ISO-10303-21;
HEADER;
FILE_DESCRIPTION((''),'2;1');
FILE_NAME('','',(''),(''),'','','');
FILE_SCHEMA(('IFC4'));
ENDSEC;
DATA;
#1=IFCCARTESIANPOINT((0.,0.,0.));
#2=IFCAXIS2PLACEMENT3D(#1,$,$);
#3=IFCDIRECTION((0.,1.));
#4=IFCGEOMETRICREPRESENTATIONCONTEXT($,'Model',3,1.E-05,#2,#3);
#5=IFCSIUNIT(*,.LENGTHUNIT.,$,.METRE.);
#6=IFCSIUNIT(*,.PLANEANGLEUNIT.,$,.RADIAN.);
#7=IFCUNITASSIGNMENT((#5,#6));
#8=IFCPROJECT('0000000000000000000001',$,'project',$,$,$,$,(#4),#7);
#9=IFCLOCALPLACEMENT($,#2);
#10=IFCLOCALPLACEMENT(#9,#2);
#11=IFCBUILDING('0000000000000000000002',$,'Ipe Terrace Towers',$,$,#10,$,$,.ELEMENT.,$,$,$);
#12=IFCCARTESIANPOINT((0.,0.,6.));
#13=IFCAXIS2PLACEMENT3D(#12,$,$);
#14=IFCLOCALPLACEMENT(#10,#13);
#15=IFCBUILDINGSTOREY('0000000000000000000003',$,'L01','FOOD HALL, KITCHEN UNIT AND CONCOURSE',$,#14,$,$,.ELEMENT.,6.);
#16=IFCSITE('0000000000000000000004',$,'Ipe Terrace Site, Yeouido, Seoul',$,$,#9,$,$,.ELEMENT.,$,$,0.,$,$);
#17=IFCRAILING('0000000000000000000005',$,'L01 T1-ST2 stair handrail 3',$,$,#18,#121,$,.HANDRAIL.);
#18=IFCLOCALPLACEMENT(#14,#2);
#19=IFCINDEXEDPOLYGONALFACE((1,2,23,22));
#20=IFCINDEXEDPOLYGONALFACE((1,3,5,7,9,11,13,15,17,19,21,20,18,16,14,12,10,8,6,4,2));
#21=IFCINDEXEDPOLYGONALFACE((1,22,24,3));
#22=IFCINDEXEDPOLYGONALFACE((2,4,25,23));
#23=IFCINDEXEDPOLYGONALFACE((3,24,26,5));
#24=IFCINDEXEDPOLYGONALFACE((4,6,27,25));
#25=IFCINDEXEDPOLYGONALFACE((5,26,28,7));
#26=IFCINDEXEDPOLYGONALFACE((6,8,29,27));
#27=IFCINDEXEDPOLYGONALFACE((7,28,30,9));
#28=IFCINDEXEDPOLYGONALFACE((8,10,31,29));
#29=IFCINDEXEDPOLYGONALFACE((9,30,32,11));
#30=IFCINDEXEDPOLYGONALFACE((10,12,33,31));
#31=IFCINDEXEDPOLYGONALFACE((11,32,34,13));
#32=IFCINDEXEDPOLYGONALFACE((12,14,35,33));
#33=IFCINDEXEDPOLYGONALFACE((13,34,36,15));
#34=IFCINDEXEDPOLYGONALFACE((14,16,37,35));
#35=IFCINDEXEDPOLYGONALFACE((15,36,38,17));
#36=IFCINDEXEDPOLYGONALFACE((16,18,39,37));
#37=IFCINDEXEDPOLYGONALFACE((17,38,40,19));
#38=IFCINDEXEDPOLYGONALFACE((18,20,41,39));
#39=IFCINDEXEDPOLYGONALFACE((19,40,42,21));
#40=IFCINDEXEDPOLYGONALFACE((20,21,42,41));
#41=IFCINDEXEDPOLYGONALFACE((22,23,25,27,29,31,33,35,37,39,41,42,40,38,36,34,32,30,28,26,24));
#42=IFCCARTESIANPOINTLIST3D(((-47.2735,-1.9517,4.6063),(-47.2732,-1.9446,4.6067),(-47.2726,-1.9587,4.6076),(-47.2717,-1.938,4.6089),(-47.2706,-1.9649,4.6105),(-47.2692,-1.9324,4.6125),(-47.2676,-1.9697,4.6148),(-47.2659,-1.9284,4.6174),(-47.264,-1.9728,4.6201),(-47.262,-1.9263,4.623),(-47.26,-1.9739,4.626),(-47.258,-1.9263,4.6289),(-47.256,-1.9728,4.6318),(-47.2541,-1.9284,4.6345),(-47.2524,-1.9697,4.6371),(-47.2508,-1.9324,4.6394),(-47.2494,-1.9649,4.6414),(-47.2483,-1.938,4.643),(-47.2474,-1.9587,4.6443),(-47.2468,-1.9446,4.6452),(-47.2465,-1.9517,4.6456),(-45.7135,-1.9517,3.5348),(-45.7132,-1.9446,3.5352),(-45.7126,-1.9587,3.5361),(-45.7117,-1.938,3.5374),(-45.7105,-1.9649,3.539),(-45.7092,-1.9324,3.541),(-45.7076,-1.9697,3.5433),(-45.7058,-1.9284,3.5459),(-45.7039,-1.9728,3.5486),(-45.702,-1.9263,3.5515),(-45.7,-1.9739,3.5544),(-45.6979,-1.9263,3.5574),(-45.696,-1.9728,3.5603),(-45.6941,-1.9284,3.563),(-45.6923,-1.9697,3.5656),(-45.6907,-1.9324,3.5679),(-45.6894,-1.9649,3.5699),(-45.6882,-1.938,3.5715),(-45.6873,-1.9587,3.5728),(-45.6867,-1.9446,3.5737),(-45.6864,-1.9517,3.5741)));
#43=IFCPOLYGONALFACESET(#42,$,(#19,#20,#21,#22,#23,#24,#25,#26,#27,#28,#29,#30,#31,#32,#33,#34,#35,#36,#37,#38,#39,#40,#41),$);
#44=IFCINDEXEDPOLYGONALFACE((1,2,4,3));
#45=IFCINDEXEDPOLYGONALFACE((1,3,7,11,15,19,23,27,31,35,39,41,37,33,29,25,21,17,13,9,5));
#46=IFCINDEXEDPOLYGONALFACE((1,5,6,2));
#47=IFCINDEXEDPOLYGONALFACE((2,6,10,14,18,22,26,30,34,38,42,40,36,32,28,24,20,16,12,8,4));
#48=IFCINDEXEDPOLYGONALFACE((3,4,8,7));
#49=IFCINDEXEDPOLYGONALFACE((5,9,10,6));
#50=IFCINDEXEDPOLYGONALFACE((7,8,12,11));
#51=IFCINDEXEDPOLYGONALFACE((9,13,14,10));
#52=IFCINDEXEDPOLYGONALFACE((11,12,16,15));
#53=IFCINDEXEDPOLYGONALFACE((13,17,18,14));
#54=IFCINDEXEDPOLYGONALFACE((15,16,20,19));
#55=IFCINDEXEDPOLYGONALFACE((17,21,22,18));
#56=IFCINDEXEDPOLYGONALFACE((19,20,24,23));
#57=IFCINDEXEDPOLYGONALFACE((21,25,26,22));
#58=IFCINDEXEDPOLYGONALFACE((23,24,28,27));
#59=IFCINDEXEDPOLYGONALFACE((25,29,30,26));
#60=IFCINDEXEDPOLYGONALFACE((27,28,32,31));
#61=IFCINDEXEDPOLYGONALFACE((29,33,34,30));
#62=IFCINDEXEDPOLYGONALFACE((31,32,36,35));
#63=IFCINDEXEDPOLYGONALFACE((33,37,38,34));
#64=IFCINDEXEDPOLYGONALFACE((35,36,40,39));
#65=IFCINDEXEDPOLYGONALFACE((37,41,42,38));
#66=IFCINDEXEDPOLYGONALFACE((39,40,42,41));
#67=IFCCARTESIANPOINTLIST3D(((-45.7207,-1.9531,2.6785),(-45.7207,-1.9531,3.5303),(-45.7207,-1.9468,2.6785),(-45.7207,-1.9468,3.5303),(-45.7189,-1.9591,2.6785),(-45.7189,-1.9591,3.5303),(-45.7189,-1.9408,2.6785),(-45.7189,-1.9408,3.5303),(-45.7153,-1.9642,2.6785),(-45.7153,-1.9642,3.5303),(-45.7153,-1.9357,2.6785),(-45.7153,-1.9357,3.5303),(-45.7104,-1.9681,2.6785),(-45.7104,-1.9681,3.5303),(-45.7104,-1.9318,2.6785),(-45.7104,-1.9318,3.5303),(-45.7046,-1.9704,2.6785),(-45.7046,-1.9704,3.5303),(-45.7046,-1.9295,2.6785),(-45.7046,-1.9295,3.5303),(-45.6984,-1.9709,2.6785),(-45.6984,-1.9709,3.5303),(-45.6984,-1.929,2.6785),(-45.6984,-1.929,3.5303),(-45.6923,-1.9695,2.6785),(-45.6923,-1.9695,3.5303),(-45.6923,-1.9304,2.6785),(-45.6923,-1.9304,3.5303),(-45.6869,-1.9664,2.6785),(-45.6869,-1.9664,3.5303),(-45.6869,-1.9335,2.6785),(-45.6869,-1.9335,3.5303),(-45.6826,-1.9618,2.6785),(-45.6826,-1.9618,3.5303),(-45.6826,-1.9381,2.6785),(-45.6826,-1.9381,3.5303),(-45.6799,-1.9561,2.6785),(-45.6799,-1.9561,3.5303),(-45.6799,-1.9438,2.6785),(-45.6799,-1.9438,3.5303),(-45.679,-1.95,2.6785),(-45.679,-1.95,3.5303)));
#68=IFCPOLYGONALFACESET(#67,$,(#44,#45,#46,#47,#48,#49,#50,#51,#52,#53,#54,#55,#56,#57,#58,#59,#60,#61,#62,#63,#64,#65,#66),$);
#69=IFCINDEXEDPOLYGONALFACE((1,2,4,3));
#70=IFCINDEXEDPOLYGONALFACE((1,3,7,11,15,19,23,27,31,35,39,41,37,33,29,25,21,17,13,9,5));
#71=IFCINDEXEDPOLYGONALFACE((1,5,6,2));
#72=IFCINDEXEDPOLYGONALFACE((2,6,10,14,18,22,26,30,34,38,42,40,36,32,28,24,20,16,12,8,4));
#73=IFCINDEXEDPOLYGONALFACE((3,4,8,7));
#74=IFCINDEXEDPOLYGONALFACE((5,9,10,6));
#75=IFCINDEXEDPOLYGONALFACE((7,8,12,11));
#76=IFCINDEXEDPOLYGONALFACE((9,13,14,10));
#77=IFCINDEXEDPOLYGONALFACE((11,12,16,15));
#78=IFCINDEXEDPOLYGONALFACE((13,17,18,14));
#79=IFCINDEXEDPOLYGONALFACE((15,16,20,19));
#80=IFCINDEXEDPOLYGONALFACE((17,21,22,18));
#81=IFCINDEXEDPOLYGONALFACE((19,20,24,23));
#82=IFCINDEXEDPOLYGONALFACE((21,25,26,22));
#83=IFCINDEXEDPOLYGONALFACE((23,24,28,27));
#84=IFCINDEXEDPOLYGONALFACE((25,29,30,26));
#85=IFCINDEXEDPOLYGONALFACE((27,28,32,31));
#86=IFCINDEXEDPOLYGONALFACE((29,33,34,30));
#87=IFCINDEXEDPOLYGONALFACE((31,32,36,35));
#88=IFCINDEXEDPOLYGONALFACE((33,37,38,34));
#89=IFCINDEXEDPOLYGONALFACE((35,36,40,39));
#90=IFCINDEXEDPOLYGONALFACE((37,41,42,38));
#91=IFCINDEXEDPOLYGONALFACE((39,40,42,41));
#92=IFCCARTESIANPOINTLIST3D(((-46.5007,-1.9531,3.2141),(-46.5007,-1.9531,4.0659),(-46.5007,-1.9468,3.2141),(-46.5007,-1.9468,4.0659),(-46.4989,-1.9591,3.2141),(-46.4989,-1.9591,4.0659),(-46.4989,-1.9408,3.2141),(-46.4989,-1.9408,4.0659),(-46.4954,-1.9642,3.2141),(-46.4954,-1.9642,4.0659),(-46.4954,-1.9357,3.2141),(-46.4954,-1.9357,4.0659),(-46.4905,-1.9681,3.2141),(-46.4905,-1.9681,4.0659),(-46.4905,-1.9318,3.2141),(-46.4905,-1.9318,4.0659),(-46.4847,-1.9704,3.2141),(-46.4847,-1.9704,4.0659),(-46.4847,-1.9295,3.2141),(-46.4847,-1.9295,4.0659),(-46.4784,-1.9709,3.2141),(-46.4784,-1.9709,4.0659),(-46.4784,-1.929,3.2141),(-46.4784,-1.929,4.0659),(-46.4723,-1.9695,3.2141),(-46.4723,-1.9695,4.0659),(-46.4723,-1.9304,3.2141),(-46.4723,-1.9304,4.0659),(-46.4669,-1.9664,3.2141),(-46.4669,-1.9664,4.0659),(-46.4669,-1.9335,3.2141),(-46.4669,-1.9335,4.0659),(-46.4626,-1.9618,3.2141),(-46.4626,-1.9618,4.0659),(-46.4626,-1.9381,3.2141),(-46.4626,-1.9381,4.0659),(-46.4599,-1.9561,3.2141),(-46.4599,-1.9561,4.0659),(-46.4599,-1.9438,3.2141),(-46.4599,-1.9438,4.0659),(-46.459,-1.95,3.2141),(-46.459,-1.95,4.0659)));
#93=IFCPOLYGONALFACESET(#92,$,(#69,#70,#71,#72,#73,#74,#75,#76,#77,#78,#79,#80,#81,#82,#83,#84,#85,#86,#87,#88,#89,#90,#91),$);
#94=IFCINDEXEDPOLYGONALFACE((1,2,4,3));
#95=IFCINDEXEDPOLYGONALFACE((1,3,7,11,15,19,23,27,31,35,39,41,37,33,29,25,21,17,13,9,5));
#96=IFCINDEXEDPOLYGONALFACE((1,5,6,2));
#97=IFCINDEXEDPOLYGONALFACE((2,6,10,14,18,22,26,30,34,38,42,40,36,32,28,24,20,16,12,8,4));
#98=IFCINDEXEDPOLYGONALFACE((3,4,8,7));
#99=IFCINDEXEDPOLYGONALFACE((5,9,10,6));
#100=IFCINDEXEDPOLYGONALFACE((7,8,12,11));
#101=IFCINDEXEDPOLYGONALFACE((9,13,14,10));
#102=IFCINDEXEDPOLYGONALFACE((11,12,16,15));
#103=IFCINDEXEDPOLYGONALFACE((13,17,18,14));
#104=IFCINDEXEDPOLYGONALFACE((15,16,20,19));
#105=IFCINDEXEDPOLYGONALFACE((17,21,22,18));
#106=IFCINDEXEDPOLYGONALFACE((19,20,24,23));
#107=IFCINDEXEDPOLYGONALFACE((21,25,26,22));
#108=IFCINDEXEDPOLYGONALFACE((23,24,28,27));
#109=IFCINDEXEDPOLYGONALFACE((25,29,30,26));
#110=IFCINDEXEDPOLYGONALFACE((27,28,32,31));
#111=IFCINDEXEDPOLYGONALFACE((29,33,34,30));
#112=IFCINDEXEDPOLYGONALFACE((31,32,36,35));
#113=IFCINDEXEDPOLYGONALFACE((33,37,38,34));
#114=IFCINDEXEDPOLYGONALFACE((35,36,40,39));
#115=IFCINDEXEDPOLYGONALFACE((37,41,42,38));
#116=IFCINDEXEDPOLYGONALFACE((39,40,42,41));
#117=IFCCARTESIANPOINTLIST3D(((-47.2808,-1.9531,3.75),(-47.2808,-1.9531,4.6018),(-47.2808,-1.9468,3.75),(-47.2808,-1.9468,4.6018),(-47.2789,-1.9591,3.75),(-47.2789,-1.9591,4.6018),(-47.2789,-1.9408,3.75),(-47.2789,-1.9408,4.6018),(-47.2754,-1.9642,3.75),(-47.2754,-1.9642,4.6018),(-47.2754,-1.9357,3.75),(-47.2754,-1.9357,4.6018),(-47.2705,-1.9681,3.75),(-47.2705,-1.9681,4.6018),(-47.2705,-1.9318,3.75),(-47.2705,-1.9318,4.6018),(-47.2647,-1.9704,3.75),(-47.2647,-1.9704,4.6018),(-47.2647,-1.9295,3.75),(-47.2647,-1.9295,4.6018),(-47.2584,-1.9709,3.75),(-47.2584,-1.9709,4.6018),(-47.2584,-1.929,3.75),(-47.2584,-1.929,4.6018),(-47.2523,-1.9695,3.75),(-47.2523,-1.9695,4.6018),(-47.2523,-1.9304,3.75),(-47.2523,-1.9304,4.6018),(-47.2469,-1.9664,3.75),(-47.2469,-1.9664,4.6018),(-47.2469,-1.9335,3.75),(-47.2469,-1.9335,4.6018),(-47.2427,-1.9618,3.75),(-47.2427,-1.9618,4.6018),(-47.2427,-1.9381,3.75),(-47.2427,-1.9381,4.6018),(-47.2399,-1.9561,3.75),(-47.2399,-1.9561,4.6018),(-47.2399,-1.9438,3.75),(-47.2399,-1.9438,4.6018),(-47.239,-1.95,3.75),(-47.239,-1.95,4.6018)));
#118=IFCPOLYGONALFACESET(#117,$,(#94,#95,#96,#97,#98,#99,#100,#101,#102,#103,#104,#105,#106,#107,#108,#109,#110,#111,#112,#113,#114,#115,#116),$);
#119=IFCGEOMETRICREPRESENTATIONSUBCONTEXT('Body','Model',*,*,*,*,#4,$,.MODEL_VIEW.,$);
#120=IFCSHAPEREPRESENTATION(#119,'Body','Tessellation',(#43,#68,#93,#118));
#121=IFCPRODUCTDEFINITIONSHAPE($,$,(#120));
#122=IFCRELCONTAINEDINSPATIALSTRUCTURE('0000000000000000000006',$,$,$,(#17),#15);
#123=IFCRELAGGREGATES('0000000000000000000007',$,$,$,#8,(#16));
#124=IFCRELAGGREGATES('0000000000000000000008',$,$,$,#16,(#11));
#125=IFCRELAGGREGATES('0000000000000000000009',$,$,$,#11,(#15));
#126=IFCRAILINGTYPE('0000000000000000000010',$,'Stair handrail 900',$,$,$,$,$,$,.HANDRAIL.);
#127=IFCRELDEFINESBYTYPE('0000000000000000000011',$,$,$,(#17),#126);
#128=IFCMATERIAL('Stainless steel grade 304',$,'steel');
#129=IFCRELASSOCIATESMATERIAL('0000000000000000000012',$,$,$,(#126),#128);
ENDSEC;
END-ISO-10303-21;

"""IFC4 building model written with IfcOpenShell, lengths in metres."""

from ifc_helpers import new_model, si_unit, direction, frame, origin, origin_2d, place, context, subcontext, project, spatial, circle, extrude, material, type_object, element, save


model = new_model("IFC4")

# Units and contexts
model_context = context("Model", 3, precision=1e-05, world=origin(), true_north=direction((0.0, 1.0)))
body_context = subcontext(model_context, "Body", "Model", "MODEL_VIEW")
ifc_project = project(units=[si_unit("LENGTHUNIT", "METRE"), si_unit("PLANEANGLEUNIT", "RADIAN")], contexts=[model_context])

# Site, building, storey
site_placement = place(None, origin())
site = spatial("IfcSite", under=ifc_project, at=site_placement, Name="Ipe Terrace Site, Yeouido, Seoul", CompositionType="ELEMENT", RefElevation=0.0)
building_placement = place(site_placement, origin())
building = spatial("IfcBuilding", under=site, at=building_placement, Name="Ipe Terrace Towers", CompositionType="ELEMENT")
storey_placement = place(building_placement, frame((0.0, 0.0, 6.0)))
storey = spatial("IfcBuildingStorey", under=building, at=storey_placement, Name="L01", Description="FOOD HALL, KITCHEN UNIT AND CONCOURSE", CompositionType="ELEMENT", Elevation=6.0)

# Railing
ifc_material_1 = material(Name="Stainless steel grade 304", Category="steel")
railing_type_1 = type_object("IfcRailingType", Name="Stair handrail 900", PredefinedType="HANDRAIL", material=ifc_material_1)
railing_1_placement = place(storey_placement, frame((-45.7, -1.95, 2.6785)))
element("IfcRailing", 1, at=railing_1_placement, inside=storey, type_object=railing_type_1, Name="L01 T1-ST2 stair handrail 3", PredefinedType="HANDRAIL", context=body_context, shape_type="SweptSolid", body=[
    extrude(circle(Radius=0.0239, at=origin_2d()), frame((0.0, 0.0, 0.876), z_axis=(-0.82429, 0.0, 0.566167), x_axis=(0.0, -1.0, 0.0)), (0.0, 0.0, 1.0), 1.8926),
    extrude(circle(Radius=0.021, at=origin_2d()), origin(), (0.0, 0.0, 1.0), 0.8518),
    extrude(circle(Radius=0.021, at=origin_2d()), frame((-0.78, 0.0, 0.5356)), (0.0, 0.0, 1.0), 0.8518),
    extrude(circle(Radius=0.021, at=origin_2d()), frame((-1.5601, 0.0, 1.0715)), (0.0, 0.0, 1.0), 0.8518),
])

save(model, "model.ifc")
